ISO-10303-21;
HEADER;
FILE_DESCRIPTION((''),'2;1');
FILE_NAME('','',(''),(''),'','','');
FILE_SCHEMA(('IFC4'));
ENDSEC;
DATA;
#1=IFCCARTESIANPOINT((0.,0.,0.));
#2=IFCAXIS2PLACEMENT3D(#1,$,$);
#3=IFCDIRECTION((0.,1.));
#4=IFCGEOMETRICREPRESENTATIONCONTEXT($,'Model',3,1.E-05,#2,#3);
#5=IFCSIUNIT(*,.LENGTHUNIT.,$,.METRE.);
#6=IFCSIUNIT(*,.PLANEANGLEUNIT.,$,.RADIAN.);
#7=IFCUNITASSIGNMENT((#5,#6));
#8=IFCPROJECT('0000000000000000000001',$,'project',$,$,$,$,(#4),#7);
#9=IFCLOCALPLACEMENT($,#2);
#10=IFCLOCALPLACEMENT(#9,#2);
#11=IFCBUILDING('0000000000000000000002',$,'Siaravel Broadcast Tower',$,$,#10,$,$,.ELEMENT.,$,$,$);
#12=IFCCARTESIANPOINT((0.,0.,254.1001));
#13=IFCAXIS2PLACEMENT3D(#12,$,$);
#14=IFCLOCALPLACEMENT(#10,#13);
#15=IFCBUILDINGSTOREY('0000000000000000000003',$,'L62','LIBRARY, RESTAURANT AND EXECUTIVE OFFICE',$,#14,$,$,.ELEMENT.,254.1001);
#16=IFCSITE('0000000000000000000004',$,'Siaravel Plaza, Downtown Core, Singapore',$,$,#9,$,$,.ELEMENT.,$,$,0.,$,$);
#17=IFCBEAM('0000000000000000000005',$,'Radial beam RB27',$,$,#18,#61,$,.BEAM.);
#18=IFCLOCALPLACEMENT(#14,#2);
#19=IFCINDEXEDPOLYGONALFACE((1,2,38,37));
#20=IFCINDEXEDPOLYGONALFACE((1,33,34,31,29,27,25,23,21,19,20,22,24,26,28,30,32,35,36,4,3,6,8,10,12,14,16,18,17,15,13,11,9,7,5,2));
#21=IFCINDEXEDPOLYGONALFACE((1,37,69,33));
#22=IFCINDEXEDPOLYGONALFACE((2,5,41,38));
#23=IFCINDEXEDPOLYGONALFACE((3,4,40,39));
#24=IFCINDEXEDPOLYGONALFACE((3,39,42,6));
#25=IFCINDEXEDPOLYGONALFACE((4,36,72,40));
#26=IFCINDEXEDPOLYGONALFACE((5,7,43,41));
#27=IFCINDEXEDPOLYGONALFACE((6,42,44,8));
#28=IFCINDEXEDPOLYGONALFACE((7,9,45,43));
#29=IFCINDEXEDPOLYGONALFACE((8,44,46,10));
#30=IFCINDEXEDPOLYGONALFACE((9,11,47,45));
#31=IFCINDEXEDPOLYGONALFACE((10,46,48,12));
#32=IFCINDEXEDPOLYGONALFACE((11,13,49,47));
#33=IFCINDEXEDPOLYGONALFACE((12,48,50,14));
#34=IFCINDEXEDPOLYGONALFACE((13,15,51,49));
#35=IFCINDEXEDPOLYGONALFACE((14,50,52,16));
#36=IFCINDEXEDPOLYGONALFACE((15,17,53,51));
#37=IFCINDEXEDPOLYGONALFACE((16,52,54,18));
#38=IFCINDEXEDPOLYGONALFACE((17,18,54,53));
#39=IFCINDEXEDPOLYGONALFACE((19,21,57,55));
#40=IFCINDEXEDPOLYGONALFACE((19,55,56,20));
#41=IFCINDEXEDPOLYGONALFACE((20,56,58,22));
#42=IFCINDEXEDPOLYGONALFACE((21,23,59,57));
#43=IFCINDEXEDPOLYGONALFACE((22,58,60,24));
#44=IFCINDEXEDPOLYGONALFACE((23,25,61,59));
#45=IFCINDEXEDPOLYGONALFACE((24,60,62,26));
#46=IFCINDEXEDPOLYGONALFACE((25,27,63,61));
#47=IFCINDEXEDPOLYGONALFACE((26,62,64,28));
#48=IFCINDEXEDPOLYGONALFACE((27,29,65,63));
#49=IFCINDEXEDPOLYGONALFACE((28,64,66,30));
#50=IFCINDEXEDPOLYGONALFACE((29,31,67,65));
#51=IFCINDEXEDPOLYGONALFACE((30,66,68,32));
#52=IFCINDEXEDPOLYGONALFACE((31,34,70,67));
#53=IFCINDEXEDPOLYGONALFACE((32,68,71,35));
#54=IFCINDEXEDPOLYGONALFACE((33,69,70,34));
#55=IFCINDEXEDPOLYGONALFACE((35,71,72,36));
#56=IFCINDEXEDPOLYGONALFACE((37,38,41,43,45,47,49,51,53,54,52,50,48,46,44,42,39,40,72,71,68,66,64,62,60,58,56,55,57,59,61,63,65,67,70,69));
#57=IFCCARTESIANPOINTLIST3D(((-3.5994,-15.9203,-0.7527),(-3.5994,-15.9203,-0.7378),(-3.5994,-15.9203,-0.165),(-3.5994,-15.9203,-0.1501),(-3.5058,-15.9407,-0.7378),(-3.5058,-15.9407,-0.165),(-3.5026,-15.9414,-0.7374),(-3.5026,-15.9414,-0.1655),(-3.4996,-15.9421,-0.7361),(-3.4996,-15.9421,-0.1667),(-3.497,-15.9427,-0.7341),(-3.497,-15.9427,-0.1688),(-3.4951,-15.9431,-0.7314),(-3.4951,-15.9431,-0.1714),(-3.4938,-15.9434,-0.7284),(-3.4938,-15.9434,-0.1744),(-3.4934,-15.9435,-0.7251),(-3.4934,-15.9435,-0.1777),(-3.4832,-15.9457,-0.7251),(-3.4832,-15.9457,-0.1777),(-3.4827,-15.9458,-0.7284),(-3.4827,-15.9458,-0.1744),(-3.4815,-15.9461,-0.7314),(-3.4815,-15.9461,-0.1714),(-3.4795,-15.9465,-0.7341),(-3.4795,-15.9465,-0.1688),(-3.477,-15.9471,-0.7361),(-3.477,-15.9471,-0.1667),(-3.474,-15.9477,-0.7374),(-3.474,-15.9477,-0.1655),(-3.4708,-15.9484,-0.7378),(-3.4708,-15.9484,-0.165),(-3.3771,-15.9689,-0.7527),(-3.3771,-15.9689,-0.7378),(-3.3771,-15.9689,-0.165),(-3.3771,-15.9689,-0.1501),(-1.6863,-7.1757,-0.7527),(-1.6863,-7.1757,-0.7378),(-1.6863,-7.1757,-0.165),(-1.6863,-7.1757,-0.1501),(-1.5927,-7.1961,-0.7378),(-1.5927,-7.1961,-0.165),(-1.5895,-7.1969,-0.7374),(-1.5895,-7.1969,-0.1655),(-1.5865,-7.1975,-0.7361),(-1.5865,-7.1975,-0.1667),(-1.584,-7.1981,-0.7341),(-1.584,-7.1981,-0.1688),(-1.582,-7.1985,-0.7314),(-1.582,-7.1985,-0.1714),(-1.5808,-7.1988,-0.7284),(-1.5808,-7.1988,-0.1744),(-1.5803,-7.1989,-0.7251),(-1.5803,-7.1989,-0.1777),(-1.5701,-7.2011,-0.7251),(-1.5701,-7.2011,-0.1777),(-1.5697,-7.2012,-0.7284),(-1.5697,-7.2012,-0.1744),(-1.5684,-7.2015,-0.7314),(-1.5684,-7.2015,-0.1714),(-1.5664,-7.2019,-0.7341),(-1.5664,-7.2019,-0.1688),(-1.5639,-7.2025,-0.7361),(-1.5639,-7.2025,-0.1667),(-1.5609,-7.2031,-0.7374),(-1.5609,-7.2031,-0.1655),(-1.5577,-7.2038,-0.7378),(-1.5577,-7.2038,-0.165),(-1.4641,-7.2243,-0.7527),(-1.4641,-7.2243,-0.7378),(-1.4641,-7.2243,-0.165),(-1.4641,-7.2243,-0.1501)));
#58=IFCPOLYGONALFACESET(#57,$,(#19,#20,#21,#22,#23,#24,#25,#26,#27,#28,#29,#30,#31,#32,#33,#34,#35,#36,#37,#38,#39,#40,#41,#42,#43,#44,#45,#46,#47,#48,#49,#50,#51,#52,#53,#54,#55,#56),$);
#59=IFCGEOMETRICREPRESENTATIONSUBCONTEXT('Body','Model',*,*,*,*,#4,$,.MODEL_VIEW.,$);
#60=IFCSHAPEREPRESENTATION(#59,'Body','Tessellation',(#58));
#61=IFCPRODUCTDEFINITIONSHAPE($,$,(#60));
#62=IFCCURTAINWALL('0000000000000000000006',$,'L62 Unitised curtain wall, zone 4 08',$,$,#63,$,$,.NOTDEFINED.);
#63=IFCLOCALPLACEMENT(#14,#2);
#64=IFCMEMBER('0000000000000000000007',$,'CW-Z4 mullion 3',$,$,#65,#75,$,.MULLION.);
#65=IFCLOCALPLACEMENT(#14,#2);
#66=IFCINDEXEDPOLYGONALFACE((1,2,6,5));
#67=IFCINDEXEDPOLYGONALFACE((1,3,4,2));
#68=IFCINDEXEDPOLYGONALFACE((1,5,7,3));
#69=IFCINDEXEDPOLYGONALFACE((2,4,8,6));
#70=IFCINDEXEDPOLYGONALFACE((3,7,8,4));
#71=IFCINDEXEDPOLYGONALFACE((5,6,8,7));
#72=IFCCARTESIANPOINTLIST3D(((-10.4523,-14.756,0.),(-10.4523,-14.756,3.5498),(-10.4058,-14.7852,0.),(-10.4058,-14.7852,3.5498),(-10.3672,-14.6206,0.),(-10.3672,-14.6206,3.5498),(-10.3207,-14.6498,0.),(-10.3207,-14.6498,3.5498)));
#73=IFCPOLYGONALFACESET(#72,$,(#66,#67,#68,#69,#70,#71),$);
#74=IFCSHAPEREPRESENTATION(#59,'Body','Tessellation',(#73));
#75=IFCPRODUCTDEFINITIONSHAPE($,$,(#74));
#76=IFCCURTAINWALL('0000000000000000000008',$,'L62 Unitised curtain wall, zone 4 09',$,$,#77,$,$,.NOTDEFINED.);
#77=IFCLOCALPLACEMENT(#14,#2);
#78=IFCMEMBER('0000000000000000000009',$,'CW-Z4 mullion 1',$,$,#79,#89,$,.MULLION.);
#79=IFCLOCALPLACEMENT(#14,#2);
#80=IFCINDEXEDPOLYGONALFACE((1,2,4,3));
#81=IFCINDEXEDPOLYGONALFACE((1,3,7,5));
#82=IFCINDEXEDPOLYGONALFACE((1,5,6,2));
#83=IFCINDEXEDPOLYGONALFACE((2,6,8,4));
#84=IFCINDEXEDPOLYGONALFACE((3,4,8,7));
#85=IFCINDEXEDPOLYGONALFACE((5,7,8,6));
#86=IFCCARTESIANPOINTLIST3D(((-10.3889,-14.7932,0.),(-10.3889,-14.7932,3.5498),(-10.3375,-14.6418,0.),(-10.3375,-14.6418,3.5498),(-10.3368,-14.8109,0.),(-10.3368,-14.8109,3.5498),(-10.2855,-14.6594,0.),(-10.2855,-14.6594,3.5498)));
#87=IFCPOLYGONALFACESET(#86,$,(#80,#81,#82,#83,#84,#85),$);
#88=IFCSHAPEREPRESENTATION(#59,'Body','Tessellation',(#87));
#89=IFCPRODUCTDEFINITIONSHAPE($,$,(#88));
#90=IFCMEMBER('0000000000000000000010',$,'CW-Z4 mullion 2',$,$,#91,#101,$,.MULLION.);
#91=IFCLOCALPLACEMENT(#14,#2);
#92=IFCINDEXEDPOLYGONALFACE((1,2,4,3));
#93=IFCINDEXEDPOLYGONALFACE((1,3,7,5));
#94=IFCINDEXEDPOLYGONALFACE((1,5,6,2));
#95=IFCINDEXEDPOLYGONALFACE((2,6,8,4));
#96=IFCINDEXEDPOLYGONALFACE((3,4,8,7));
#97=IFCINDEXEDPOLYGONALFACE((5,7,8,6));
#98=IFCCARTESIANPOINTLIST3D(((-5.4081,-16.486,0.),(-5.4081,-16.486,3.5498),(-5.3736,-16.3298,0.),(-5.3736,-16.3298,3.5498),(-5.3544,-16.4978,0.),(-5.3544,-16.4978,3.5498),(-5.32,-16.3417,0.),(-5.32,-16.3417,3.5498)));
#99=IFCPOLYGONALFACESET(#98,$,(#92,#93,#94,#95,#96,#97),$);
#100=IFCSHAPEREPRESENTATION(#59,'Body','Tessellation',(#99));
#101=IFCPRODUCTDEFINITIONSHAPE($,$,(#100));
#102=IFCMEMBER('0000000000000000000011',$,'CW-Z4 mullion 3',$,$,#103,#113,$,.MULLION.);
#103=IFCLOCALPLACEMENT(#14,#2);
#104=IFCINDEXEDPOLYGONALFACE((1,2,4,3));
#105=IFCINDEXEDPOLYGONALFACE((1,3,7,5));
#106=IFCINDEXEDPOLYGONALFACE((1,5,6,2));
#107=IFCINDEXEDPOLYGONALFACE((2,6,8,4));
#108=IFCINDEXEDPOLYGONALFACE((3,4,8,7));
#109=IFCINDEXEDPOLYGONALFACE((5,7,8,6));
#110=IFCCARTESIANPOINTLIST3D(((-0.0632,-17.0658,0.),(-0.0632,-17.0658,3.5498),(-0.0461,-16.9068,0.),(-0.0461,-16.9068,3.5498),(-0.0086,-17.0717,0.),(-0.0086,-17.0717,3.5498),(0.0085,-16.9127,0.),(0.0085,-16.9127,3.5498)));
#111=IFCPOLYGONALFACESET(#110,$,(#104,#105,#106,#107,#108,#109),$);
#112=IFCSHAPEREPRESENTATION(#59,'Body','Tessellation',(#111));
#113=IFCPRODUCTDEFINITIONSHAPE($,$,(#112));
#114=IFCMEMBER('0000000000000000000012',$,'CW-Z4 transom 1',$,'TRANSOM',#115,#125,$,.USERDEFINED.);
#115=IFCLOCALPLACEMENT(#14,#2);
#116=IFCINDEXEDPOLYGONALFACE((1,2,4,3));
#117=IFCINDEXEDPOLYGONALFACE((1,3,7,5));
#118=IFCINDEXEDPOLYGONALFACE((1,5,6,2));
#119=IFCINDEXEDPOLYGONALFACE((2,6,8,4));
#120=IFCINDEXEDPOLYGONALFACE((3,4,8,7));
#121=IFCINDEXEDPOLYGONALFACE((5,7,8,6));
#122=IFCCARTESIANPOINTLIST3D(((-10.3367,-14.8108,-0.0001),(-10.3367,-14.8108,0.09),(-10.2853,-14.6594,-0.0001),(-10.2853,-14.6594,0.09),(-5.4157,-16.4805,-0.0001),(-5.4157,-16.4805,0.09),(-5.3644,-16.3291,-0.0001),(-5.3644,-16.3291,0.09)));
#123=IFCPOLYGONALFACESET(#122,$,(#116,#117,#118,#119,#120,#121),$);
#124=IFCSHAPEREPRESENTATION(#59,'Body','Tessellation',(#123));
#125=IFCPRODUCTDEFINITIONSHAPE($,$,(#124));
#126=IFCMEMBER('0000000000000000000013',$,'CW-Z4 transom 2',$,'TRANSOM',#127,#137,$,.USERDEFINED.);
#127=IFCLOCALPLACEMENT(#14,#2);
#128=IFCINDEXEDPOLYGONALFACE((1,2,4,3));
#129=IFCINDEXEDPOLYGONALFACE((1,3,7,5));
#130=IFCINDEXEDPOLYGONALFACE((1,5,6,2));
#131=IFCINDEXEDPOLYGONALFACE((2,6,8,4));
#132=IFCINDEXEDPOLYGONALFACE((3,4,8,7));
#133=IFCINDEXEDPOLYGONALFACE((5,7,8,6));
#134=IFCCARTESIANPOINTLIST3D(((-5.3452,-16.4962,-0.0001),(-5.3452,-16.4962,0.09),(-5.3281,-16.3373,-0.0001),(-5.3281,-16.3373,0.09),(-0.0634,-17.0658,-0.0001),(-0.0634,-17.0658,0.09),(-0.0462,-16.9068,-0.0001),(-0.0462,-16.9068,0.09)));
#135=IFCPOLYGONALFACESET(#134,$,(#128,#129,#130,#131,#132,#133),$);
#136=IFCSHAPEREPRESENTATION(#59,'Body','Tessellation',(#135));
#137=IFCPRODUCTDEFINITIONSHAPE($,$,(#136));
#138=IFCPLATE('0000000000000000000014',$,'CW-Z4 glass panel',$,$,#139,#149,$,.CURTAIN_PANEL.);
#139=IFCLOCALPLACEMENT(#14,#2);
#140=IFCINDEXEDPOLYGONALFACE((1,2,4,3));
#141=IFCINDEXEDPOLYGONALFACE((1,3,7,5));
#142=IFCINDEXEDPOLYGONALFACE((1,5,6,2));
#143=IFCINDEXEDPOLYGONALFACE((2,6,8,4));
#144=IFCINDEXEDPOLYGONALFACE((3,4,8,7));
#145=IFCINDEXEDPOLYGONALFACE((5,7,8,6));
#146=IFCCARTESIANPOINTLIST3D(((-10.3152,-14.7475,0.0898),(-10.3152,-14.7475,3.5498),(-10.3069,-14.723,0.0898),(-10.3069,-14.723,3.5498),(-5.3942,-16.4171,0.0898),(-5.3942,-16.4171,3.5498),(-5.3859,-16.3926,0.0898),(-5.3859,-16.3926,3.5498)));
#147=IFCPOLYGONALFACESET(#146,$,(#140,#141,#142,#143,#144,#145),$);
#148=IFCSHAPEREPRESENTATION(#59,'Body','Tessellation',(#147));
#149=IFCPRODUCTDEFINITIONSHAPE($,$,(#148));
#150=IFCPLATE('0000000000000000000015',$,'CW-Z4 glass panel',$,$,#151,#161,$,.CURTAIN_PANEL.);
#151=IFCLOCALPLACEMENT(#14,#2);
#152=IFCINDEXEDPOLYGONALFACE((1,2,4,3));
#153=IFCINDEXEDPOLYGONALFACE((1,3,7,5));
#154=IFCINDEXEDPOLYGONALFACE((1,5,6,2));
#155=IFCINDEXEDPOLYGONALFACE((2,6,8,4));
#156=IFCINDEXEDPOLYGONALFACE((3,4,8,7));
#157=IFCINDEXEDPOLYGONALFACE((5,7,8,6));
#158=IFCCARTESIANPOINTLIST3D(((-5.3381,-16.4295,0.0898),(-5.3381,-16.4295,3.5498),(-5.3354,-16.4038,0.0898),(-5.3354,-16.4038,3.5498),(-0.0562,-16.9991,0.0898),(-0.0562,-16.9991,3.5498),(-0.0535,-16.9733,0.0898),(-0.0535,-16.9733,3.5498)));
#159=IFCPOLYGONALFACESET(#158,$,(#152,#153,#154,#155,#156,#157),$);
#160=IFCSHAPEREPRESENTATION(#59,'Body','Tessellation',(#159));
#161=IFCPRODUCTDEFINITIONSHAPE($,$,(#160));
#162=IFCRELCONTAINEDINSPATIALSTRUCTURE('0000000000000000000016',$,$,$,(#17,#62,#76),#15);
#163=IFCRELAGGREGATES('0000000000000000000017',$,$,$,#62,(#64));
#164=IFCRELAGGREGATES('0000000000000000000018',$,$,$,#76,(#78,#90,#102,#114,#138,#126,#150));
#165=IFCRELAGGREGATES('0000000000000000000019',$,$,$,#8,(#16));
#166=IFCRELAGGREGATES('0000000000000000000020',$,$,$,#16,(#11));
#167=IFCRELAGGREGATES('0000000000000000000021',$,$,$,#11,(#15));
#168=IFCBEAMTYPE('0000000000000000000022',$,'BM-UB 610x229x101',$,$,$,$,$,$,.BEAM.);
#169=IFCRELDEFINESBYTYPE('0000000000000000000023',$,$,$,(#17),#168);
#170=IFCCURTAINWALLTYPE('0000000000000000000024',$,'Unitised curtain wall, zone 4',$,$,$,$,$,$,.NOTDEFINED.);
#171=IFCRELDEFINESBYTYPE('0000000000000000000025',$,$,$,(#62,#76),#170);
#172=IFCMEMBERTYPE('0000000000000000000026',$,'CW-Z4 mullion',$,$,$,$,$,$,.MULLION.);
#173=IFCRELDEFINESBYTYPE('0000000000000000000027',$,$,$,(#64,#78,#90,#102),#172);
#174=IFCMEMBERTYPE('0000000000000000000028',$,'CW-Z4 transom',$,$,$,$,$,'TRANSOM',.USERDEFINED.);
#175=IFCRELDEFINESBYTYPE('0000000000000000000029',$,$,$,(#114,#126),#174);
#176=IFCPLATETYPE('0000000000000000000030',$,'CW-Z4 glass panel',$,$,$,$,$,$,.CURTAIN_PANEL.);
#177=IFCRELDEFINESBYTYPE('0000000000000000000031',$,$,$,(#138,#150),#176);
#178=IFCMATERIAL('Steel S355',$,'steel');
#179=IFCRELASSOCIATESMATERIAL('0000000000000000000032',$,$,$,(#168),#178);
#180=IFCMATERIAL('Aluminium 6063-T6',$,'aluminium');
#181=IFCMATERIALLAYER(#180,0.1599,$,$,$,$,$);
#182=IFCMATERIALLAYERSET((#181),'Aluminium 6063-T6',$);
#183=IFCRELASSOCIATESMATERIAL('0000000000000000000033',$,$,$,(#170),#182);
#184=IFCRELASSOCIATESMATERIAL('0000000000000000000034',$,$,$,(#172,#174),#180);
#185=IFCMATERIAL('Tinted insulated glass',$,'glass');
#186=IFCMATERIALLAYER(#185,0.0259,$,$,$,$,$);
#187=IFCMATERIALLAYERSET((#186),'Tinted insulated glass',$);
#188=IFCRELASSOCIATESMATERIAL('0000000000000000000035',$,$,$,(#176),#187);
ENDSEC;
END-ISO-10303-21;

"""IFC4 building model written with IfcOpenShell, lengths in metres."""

from ifc_helpers import new_model, si_unit, direction, frame, origin, origin_2d, place, context, subcontext, project, spatial, rectangle, i_section, extrude, material, layer, layer_set, material_profile, profile_set, type_object, element, aggregate, save


model = new_model("IFC4")

# Units and contexts
model_context = context("Model", 3, precision=1e-05, world=origin(), true_north=direction((0.0, 1.0)))
body_context = subcontext(model_context, "Body", "Model", "MODEL_VIEW")
ifc_project = project(units=[si_unit("LENGTHUNIT", "METRE"), si_unit("PLANEANGLEUNIT", "RADIAN")], contexts=[model_context])

# Site, building, storey
site_placement = place(None, origin())
site = spatial("IfcSite", under=ifc_project, at=site_placement, Name="Siaravel Plaza, Downtown Core, Singapore", CompositionType="ELEMENT", RefElevation=0.0)
building_placement = place(site_placement, origin())
building = spatial("IfcBuilding", under=site, at=building_placement, Name="Siaravel Broadcast Tower", CompositionType="ELEMENT")
storey_placement = place(building_placement, frame((0.0, 0.0, 254.1001)))
storey = spatial("IfcBuildingStorey", under=building, at=storey_placement, Name="L62", Description="LIBRARY, RESTAURANT AND EXECUTIVE OFFICE", CompositionType="ELEMENT", Elevation=254.1001)

# Beam
ifc_material_1 = material(Name="Steel S355", Category="steel")
ifc_material_profile_1 = material_profile(ifc_material_1, i_section(OverallWidth=0.2275, OverallDepth=0.6025, WebThickness=0.0105, FlangeThickness=0.0149, FilletRadius=0.0127, at=origin_2d()))
ifc_profile_set_1 = profile_set([ifc_material_profile_1], Name="Steel S355")
beam_type = type_object("IfcBeamType", Name="BM-UB 610x229x101", PredefinedType="BEAM", material=ifc_profile_set_1)
beam_1_placement = place(storey_placement, frame((-3.4883, -15.9446, -0.4514), z_axis=(0.213718, 0.976895, 0.0), x_axis=(-0.976895, 0.213718, 0.0)))
element("IfcBeam", 1, at=beam_1_placement, inside=storey, type_object=beam_type, Name="Radial beam RB27", PredefinedType="BEAM", context=body_context, shape_type="SweptSolid", body=[
    extrude(i_section(OverallWidth=0.2275, OverallDepth=0.6025, WebThickness=0.0105, FlangeThickness=0.0149, FilletRadius=0.0127, at=origin_2d()), origin(), (0.0, 0.0, 1.0), 8.9514),
])

# Curtain wall, member
ifc_material_2 = material(Name="Aluminium 6063-T6", Category="aluminium")
ifc_layer_1 = layer(ifc_material_2, 0.1599)
ifc_layer_set_1 = layer_set([ifc_layer_1], Name="Aluminium 6063-T6")
curtain_wall_type = type_object("IfcCurtainWallType", Name="Unitised curtain wall, zone 4", PredefinedType="NOTDEFINED", material=ifc_layer_set_1)
curtain_wall_1_placement = place(storey_placement, origin())
curtain_wall_1 = element("IfcCurtainWall", 2, at=curtain_wall_1_placement, inside=storey, type_object=curtain_wall_type, Name="L62 Unitised curtain wall, zone 4 08", PredefinedType="NOTDEFINED")
ifc_material_profile_2 = material_profile(ifc_material_2, rectangle(XDim=0.1599, YDim=0.0549, at=origin_2d()))
ifc_profile_set_2 = profile_set([ifc_material_profile_2], Name="Aluminium 6063-T6")
member_type_1 = type_object("IfcMemberType", Name="CW-Z4 mullion", PredefinedType="MULLION", material=ifc_profile_set_2)
member_1_placement = place(storey_placement, frame((-10.3865, -14.7029, 0.0), z_axis=(0.0, 0.0, 1.0), x_axis=(0.532151, 0.84665, 0.0)))
member_1 = element("IfcMember", 3, at=member_1_placement, type_object=member_type_1, Name="CW-Z4 mullion 3", PredefinedType="MULLION", context=body_context, shape_type="SweptSolid", body=[
    extrude(rectangle(XDim=0.1599, YDim=0.0549, at=origin_2d()), origin(), (0.0, 0.0, 1.0), 3.5498),
])
aggregate(curtain_wall_1, [member_1])

# Curtain wall, members, plates
curtain_wall_2_placement = place(storey_placement, origin())
curtain_wall_2 = element("IfcCurtainWall", 4, at=curtain_wall_2_placement, inside=storey, type_object=curtain_wall_type, Name="L62 Unitised curtain wall, zone 4 09", PredefinedType="NOTDEFINED")
member_2_placement = place(storey_placement, frame((-10.3372, -14.7263, 0.0), z_axis=(0.0, 0.0, 1.0), x_axis=(0.321302, 0.946977, 0.0)))
member_2 = element("IfcMember", 5, at=member_2_placement, type_object=member_type_1, Name="CW-Z4 mullion 1", PredefinedType="MULLION", context=body_context, shape_type="SweptSolid", body=[
    extrude(rectangle(XDim=0.1599, YDim=0.0549, at=origin_2d()), origin(), (0.0, 0.0, 1.0), 3.5498),
])
member_3_placement = place(storey_placement, frame((-5.364, -16.4138, 0.0), z_axis=(0.0, 0.0, 1.0), x_axis=(0.215559, 0.976491, 0.0)))
member_3 = element("IfcMember", 6, at=member_3_placement, type_object=member_type_1, Name="CW-Z4 mullion 2", PredefinedType="MULLION", context=body_context, shape_type="SweptSolid", body=[
    extrude(rectangle(XDim=0.1599, YDim=0.0549, at=origin_2d()), origin(), (0.0, 0.0, 1.0), 3.5498),
])
member_4_placement = place(storey_placement, frame((-0.0273, -16.9893, 0.0), z_axis=(0.0, 0.0, 1.0), x_axis=(0.107218, 0.994236, 0.0)))
member_4 = element("IfcMember", 7, at=member_4_placement, type_object=member_type_1, Name="CW-Z4 mullion 3", PredefinedType="MULLION", context=body_context, shape_type="SweptSolid", body=[
    extrude(rectangle(XDim=0.1599, YDim=0.0549, at=origin_2d()), origin(), (0.0, 0.0, 1.0), 3.5498),
])
ifc_material_profile_3 = material_profile(ifc_material_2, rectangle(XDim=0.1599, YDim=0.0901, at=origin_2d()))
ifc_profile_set_3 = profile_set([ifc_material_profile_3], Name="Aluminium 6063-T6")
member_type_2 = type_object("IfcMemberType", Name="CW-Z4 transom", ElementType="TRANSOM", PredefinedType="USERDEFINED", material=ifc_profile_set_3)
member_5_placement = place(storey_placement, frame((-10.311, -14.7351, 0.0449), z_axis=(0.946974, -0.321311, 0.0), x_axis=(0.321311, 0.946974, 0.0)))
member_5 = element("IfcMember", 8, at=member_5_placement, type_object=member_type_2, Name="CW-Z4 transom 1", ObjectType="TRANSOM", PredefinedType="USERDEFINED", context=body_context, shape_type="SweptSolid", body=[
    extrude(rectangle(XDim=0.1599, YDim=0.0901, at=origin_2d()), origin(), (0.0, 0.0, 1.0), 5.1965),
])
member_6_placement = place(storey_placement, frame((-5.3367, -16.4167, 0.0449), z_axis=(0.994236, -0.107213, 0.0), x_axis=(0.107213, 0.994236, 0.0)))
member_6 = element("IfcMember", 9, at=member_6_placement, type_object=member_type_2, Name="CW-Z4 transom 2", ObjectType="TRANSOM", PredefinedType="USERDEFINED", context=body_context, shape_type="SweptSolid", body=[
    extrude(rectangle(XDim=0.1599, YDim=0.0901, at=origin_2d()), origin(), (0.0, 0.0, 1.0), 5.3125),
])
ifc_material_3 = material(Name="Tinted insulated glass", Category="glass")
ifc_layer_2 = layer(ifc_material_3, 0.0259)
ifc_layer_set_2 = layer_set([ifc_layer_2], Name="Tinted insulated glass")
plate_type = type_object("IfcPlateType", Name="CW-Z4 glass panel", PredefinedType="CURTAIN_PANEL", material=ifc_layer_set_2)
plate_1_placement = place(storey_placement, frame((-7.8506, -15.5701, 0.0898), z_axis=(0.0, 0.0, 1.0), x_axis=(0.946977, -0.321302, 0.0)))
plate_1 = element("IfcPlate", 10, at=plate_1_placement, type_object=plate_type, Name="CW-Z4 glass panel", PredefinedType="CURTAIN_PANEL", context=body_context, shape_type="SweptSolid", body=[
    extrude(rectangle(XDim=5.1965, YDim=0.0259, at=origin_2d()), origin(), (0.0, 0.0, 1.0), 3.46),
])
plate_2_placement = place(storey_placement, frame((-2.6958, -16.7014, 0.0898), z_axis=(0.0, 0.0, 1.0), x_axis=(0.994236, -0.107218, 0.0)))
plate_2 = element("IfcPlate", 11, at=plate_2_placement, type_object=plate_type, Name="CW-Z4 glass panel", PredefinedType="CURTAIN_PANEL", context=body_context, shape_type="SweptSolid", body=[
    extrude(rectangle(XDim=5.3125, YDim=0.0259, at=origin_2d()), origin(), (0.0, 0.0, 1.0), 3.46),
])
aggregate(curtain_wall_2, [member_2, member_3, member_4, member_5, plate_1, member_6, plate_2])

save(model, "model.ifc")
